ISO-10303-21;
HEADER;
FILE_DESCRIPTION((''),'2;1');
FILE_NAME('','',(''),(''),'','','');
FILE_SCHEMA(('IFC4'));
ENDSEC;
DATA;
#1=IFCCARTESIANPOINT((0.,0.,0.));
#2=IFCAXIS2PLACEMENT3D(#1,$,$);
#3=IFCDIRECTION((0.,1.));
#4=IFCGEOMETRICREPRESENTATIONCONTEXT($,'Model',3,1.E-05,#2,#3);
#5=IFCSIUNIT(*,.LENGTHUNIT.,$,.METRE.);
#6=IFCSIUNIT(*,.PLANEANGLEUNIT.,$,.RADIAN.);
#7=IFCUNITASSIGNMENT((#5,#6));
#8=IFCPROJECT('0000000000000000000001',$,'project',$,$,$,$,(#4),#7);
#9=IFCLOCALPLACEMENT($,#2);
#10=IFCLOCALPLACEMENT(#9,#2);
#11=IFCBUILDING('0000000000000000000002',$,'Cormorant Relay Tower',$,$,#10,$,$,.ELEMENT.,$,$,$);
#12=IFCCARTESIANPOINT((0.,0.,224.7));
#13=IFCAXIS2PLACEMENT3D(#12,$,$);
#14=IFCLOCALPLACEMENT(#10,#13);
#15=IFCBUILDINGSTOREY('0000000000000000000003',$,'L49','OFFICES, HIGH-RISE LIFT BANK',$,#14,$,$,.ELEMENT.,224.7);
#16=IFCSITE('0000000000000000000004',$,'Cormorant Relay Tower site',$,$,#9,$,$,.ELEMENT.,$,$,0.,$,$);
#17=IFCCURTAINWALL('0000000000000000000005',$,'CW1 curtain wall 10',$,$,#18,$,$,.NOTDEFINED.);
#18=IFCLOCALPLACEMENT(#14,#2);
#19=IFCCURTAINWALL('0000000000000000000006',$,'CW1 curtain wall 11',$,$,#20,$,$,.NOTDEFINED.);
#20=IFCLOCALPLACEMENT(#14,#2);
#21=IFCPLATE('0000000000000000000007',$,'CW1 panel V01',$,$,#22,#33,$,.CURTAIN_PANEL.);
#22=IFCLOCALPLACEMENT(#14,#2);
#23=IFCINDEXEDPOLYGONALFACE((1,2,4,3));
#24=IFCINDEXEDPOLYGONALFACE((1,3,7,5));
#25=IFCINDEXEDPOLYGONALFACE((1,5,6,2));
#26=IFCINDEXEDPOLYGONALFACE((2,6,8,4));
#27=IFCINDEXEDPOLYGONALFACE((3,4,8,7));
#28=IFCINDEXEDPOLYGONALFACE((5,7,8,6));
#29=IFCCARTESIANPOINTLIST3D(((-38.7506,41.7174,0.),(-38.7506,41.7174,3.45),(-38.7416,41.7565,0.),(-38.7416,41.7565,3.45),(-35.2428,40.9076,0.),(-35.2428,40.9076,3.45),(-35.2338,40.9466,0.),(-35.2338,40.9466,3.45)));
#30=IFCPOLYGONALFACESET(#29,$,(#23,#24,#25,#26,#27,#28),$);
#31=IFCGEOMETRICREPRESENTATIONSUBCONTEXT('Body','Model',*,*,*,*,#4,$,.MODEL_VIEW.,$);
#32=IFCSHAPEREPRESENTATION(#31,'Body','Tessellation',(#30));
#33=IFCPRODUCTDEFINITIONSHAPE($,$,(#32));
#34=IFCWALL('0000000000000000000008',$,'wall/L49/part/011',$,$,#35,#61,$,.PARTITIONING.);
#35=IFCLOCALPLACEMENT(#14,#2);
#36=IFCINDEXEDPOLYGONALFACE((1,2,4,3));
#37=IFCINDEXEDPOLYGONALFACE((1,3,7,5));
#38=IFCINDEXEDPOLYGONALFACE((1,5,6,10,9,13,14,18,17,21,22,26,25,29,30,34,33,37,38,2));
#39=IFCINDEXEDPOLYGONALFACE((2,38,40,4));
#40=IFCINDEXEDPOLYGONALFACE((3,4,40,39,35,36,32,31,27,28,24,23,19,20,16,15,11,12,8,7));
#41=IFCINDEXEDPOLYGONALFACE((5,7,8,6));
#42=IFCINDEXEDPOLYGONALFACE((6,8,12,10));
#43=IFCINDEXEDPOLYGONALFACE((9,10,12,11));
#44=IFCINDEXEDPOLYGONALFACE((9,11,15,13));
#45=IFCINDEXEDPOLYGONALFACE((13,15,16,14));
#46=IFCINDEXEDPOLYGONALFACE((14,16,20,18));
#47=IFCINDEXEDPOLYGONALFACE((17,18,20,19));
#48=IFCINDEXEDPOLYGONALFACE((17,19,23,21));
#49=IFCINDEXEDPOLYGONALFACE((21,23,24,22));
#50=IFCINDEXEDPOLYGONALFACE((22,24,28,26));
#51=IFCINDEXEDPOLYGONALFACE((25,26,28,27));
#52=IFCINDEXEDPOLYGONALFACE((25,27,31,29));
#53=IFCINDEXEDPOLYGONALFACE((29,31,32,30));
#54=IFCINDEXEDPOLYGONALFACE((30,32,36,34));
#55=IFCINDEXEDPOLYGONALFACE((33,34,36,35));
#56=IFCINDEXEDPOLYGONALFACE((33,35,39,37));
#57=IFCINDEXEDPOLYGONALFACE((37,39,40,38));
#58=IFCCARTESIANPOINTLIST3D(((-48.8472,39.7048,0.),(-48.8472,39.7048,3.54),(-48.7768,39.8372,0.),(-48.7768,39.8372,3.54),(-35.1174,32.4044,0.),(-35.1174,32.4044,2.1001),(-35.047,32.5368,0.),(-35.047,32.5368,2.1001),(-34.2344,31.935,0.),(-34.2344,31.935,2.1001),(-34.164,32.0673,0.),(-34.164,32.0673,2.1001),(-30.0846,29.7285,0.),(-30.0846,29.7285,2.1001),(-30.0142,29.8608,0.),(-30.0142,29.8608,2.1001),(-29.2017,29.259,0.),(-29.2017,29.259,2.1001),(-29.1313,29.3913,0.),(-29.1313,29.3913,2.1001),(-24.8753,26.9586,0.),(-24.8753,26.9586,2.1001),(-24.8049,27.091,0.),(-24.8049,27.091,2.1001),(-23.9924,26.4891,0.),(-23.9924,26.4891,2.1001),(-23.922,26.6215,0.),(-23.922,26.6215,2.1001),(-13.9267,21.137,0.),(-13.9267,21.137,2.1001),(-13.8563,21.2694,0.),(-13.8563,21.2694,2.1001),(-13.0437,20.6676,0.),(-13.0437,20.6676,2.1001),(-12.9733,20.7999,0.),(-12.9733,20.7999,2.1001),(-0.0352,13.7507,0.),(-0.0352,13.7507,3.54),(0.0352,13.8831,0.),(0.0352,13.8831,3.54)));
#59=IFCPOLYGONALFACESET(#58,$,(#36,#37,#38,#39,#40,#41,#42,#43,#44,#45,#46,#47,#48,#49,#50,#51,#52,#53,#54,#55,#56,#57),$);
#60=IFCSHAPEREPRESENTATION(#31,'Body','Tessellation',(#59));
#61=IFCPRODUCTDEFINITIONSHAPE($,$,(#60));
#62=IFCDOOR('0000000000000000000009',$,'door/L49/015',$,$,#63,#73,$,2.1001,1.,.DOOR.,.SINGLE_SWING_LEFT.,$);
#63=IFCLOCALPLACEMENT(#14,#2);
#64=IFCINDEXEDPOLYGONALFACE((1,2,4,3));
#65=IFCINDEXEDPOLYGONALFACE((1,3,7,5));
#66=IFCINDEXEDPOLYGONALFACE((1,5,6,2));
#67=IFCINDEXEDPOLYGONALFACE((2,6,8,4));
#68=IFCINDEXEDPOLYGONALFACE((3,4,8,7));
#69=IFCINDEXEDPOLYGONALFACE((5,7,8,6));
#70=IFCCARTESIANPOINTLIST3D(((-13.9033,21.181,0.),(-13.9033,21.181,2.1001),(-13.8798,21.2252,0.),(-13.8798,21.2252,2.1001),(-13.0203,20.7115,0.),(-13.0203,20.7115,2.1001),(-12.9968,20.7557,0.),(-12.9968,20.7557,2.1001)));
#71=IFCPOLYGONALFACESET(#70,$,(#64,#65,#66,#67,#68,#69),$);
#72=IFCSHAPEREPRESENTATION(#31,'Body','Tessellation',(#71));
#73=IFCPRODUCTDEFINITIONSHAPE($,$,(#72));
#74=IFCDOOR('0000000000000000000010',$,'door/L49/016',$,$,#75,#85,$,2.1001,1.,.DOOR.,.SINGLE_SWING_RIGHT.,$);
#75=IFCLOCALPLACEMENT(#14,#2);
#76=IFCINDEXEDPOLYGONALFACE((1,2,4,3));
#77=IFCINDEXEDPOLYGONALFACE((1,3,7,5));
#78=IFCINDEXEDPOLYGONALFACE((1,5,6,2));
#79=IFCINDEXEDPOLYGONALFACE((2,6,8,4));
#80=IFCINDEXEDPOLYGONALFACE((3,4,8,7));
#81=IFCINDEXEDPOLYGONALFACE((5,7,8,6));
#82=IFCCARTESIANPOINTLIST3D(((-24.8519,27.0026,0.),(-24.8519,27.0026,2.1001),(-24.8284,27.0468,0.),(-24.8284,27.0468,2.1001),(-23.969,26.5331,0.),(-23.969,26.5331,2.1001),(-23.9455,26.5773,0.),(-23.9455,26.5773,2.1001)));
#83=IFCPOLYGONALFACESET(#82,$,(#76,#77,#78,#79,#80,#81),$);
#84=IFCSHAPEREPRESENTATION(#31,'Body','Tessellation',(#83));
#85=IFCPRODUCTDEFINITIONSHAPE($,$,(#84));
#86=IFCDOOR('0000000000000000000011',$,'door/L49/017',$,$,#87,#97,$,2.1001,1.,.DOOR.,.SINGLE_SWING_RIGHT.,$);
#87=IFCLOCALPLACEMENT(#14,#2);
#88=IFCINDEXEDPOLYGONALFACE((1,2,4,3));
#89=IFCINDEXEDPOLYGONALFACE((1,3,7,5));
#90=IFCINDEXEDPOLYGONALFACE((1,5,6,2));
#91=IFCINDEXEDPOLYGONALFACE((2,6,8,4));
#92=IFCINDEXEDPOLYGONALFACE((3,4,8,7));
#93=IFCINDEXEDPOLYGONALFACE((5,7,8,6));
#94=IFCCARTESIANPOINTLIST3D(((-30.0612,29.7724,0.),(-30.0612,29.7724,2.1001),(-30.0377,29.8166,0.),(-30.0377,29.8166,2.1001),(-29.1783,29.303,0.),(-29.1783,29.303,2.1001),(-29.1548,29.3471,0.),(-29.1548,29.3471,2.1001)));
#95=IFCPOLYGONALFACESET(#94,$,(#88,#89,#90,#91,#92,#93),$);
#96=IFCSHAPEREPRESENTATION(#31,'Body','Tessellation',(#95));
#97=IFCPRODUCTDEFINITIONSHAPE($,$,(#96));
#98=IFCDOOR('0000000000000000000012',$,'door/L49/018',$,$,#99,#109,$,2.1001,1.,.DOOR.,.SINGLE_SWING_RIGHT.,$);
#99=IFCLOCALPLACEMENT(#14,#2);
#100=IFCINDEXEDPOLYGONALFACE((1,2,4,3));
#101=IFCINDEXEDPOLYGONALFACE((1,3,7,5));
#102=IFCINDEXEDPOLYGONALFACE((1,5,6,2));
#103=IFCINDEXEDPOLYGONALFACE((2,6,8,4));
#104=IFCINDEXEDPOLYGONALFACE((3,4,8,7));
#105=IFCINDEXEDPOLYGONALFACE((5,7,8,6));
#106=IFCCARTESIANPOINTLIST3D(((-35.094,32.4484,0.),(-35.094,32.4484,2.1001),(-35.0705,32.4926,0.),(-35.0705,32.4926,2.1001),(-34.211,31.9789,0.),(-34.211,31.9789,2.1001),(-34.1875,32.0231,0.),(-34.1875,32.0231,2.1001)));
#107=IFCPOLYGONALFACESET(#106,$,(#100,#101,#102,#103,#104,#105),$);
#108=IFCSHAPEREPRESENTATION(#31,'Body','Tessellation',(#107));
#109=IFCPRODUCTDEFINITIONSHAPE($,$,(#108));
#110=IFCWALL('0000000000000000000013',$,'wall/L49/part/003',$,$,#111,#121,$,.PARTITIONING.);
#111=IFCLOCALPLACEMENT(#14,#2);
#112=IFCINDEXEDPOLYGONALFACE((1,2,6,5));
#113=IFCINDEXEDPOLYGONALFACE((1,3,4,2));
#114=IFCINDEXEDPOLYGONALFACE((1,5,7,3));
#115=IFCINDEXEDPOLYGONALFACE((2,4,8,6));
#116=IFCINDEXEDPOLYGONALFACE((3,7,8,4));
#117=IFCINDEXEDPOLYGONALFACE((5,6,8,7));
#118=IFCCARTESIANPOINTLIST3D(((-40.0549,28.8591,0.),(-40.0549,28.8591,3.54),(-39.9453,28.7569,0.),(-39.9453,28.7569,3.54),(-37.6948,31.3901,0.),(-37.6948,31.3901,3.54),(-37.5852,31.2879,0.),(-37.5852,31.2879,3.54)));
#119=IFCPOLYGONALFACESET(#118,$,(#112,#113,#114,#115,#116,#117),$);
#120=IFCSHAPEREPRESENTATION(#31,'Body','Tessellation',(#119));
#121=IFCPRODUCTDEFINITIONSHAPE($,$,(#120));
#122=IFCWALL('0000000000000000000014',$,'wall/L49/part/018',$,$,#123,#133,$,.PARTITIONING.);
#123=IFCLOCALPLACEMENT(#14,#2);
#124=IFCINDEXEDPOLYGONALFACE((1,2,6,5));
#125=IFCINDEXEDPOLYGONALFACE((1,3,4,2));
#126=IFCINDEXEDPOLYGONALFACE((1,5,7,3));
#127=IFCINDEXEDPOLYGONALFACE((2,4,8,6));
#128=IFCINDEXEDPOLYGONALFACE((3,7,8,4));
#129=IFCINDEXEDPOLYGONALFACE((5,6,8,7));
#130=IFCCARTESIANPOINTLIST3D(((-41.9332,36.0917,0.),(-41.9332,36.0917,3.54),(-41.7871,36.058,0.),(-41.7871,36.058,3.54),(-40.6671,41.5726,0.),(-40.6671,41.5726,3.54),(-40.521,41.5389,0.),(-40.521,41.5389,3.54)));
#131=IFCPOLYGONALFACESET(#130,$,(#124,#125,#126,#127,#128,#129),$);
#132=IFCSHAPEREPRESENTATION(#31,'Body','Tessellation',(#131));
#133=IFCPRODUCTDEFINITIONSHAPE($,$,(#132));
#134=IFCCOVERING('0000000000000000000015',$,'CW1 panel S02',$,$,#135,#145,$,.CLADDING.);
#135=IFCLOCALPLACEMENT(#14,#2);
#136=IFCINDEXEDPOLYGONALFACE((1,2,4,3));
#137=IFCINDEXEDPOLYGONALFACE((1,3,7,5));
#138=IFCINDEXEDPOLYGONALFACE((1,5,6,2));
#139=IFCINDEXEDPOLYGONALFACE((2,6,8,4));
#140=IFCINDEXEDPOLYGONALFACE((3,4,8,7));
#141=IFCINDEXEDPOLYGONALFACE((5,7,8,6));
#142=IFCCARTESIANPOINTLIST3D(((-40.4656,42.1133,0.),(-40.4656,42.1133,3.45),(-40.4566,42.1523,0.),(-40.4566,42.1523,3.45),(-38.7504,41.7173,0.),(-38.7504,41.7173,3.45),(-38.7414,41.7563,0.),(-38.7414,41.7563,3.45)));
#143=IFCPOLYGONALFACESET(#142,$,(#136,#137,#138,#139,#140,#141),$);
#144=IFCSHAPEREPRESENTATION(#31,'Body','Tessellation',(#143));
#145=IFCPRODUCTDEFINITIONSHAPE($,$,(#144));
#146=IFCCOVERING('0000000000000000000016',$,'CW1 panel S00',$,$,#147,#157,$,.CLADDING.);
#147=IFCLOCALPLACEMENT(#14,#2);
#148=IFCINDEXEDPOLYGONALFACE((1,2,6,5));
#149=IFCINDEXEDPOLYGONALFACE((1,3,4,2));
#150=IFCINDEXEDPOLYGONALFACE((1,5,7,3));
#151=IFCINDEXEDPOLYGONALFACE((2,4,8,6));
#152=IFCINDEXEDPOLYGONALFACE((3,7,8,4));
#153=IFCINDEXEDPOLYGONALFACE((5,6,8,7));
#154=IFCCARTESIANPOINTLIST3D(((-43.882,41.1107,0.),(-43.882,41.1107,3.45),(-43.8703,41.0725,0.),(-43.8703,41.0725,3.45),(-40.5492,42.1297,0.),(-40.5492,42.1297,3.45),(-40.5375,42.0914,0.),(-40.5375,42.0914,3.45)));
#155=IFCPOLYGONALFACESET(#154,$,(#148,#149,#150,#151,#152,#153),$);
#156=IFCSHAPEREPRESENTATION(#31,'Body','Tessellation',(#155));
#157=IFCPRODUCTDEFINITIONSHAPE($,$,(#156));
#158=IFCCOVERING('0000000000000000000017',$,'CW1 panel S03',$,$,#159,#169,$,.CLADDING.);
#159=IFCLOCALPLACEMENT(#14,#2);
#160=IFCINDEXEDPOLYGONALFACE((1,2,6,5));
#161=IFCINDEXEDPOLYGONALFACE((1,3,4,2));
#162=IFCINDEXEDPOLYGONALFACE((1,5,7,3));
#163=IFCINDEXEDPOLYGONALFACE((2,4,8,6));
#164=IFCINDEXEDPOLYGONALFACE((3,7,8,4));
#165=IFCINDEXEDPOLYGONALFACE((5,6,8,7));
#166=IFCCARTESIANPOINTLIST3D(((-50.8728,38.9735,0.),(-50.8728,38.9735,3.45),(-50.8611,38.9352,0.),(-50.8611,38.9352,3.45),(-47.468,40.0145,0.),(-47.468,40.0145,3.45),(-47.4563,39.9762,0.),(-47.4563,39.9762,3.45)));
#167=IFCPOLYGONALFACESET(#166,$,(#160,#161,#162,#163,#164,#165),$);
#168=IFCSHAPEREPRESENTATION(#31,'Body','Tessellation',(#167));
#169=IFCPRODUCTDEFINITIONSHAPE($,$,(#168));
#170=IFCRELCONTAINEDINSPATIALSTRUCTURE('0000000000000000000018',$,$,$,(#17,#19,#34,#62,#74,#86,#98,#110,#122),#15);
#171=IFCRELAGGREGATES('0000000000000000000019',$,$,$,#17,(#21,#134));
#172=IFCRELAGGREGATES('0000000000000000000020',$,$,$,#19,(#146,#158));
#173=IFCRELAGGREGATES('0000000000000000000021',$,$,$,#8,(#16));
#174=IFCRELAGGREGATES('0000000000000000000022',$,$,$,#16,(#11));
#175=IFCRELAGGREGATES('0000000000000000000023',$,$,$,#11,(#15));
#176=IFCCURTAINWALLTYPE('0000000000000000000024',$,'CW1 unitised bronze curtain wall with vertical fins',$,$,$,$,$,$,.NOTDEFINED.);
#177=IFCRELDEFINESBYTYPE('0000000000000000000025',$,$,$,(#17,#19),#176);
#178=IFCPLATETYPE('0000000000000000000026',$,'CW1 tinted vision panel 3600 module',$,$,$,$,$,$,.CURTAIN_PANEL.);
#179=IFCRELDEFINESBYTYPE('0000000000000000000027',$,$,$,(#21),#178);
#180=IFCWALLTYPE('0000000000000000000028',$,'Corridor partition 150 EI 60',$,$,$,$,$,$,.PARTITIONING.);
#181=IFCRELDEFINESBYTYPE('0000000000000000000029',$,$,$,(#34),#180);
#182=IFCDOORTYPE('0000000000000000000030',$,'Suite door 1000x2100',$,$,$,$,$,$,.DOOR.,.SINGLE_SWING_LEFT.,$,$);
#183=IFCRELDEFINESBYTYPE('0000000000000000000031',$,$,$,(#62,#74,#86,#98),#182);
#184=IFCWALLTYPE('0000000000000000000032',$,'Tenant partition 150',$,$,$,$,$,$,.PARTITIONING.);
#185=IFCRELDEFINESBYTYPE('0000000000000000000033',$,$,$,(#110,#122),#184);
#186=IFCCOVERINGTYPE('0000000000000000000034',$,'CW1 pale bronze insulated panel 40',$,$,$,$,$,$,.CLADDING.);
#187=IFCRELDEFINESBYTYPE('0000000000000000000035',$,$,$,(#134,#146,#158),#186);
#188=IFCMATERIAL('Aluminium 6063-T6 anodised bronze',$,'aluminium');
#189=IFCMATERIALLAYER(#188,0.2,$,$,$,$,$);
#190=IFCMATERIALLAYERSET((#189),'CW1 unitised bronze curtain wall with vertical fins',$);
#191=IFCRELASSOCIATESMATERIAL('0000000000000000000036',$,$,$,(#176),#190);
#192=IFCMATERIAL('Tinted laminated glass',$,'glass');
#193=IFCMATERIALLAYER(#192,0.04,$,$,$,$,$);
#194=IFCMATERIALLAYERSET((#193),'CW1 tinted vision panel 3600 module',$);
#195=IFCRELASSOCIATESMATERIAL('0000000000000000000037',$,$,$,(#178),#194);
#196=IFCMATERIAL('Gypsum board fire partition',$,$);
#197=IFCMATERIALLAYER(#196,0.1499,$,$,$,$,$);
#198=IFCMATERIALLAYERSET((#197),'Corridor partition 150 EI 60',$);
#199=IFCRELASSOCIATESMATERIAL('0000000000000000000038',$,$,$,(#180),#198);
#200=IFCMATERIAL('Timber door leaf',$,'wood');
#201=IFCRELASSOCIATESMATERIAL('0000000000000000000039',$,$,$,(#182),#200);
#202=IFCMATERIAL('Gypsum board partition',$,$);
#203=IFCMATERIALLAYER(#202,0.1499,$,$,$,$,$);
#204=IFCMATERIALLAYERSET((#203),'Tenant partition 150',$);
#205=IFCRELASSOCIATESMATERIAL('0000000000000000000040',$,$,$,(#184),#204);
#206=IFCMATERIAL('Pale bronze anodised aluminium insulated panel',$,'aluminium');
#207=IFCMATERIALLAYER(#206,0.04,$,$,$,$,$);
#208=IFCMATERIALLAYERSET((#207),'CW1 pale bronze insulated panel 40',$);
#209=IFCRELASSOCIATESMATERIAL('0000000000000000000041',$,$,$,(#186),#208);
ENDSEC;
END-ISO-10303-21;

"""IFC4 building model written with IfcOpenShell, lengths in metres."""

from ifc_helpers import new_model, si_unit, direction, frame, frame_2d, origin, origin_2d, place, context, subcontext, project, spatial, rectangle, extrude, material, layer, layer_set, type_object, element, fill, aggregate, save


model = new_model("IFC4")

# Units and contexts
model_context = context("Model", 3, precision=1e-05, world=origin(), true_north=direction((0.0, 1.0)))
body_context = subcontext(model_context, "Body", "Model", "MODEL_VIEW")
ifc_project = project(units=[si_unit("LENGTHUNIT", "METRE"), si_unit("PLANEANGLEUNIT", "RADIAN")], contexts=[model_context])

# Site, building, storey
site_placement = place(None, origin())
site = spatial("IfcSite", under=ifc_project, at=site_placement, Name="Cormorant Relay Tower site", CompositionType="ELEMENT", RefElevation=0.0)
building_placement = place(site_placement, origin())
building = spatial("IfcBuilding", under=site, at=building_placement, Name="Cormorant Relay Tower", CompositionType="ELEMENT")
storey_placement = place(building_placement, frame((0.0, 0.0, 224.7)))
storey = spatial("IfcBuildingStorey", under=building, at=storey_placement, Name="L49", Description="OFFICES, HIGH-RISE LIFT BANK", CompositionType="ELEMENT", Elevation=224.7)

# Curtain wall
ifc_material_1 = material(Name="Aluminium 6063-T6 anodised bronze", Category="aluminium")
ifc_layer_1 = layer(ifc_material_1, 0.2)
ifc_layer_set_1 = layer_set([ifc_layer_1], Name="CW1 unitised bronze curtain wall with vertical fins")
curtain_wall_type = type_object("IfcCurtainWallType", Name="CW1 unitised bronze curtain wall with vertical fins", PredefinedType="NOTDEFINED", material=ifc_layer_set_1)
curtain_wall_1_placement = place(storey_placement, origin())
curtain_wall_1 = element("IfcCurtainWall", 1, at=curtain_wall_1_placement, inside=storey, type_object=curtain_wall_type, Name="CW1 curtain wall 10", PredefinedType="NOTDEFINED")

# Curtain wall
curtain_wall_2_placement = place(storey_placement, origin())
curtain_wall_2 = element("IfcCurtainWall", 2, at=curtain_wall_2_placement, inside=storey, type_object=curtain_wall_type, Name="CW1 curtain wall 11", PredefinedType="NOTDEFINED")

# Plate
ifc_material_2 = material(Name="Tinted laminated glass", Category="glass")
ifc_layer_2 = layer(ifc_material_2, 0.04)
ifc_layer_set_2 = layer_set([ifc_layer_2], Name="CW1 tinted vision panel 3600 module")
plate_type_1 = type_object("IfcPlateType", Name="CW1 tinted vision panel 3600 module", PredefinedType="CURTAIN_PANEL", material=ifc_layer_set_2)
plate_1_placement = place(storey_placement, frame((-36.9922, 41.332, 0.0), z_axis=(0.0, 0.0, 1.0), x_axis=(-0.97437, 0.224951, 0.0)))
plate_1 = element("IfcPlate", 3, at=plate_1_placement, type_object=plate_type_1, Name="CW1 panel V01", PredefinedType="CURTAIN_PANEL", context=body_context, shape_type="SweptSolid", body=[
    extrude(rectangle(XDim=3.6001, YDim=0.04, at=origin_2d()), origin(), (0.0, 0.0, 1.0), 3.45),
])

# Wall, openings, doors
ifc_material_3 = material(Name="Gypsum board fire partition")
ifc_layer_3 = layer(ifc_material_3, 0.1499)
ifc_layer_set_3 = layer_set([ifc_layer_3], Name="Corridor partition 150 EI 60")
wall_type_1 = type_object("IfcWallType", Name="Corridor partition 150 EI 60", PredefinedType="PARTITIONING", material=ifc_layer_set_3)
wall_1_placement = place(storey_placement, frame((-48.812, 39.771, 0.0), z_axis=(0.0, 0.0, 1.0), x_axis=(0.882945, -0.469476, 0.0)))
wall_1 = element("IfcWall", 4, at=wall_1_placement, inside=storey, type_object=wall_type_1, Name="wall/L49/part/011", PredefinedType="PARTITIONING", context=body_context, shape_type="SweptSolid", body=[
    extrude(rectangle(XDim=55.2832, YDim=0.1499, at=frame_2d((27.6416, 0.0))), origin(), (0.0, 0.0, 1.0), 3.54),
])
opening_1_placement = place(wall_1_placement, frame((39.55, 0.0, 0.0)))
opening_1 = element("IfcOpeningElement", 5, at=opening_1_placement, cuts=wall_1, PredefinedType="OPENING", context=body_context, shape_type="SweptSolid", body=[
    extrude(rectangle(XDim=1.0, YDim=2.1001, at=frame_2d((0.5, 1.05))), frame((0.0, 0.085, 0.0), z_axis=(0.0, -1.0, 0.0), x_axis=(1.0, 0.0, 0.0)), (0.0, 0.0, 1.0), 0.1699),
])
opening_2_placement = place(wall_1_placement, frame((27.1499, 0.0, 0.0)))
opening_2 = element("IfcOpeningElement", 6, at=opening_2_placement, cuts=wall_1, PredefinedType="OPENING", context=body_context, shape_type="SweptSolid", body=[
    extrude(rectangle(XDim=1.0, YDim=2.1001, at=frame_2d((0.5, 1.05))), frame((0.0, 0.085, 0.0), z_axis=(0.0, -1.0, 0.0), x_axis=(1.0, 0.0, 0.0)), (0.0, 0.0, 1.0), 0.1699),
])
opening_3_placement = place(wall_1_placement, frame((21.25, 0.0, 0.0)))
opening_3 = element("IfcOpeningElement", 7, at=opening_3_placement, cuts=wall_1, PredefinedType="OPENING", context=body_context, shape_type="SweptSolid", body=[
    extrude(rectangle(XDim=1.0, YDim=2.1001, at=frame_2d((0.5, 1.05))), frame((0.0, 0.085, 0.0), z_axis=(0.0, -1.0, 0.0), x_axis=(1.0, 0.0, 0.0)), (0.0, 0.0, 1.0), 0.1699),
])
opening_4_placement = place(wall_1_placement, frame((15.55, 0.0, 0.0)))
opening_4 = element("IfcOpeningElement", 8, at=opening_4_placement, cuts=wall_1, PredefinedType="OPENING", context=body_context, shape_type="SweptSolid", body=[
    extrude(rectangle(XDim=1.0, YDim=2.1001, at=frame_2d((0.5, 1.05))), frame((0.0, 0.085, 0.0), z_axis=(0.0, -1.0, 0.0), x_axis=(1.0, 0.0, 0.0)), (0.0, 0.0, 1.0), 0.1699),
])
ifc_material_4 = material(Name="Timber door leaf", Category="wood")
door_type = type_object("IfcDoorType", Name="Suite door 1000x2100", OperationType="SINGLE_SWING_LEFT", PredefinedType="DOOR", material=ifc_material_4)
door_1_placement = place(opening_1_placement, origin())
door_1 = element("IfcDoor", 9, at=door_1_placement, inside=storey, type_object=door_type, Name="door/L49/015", OperationType="SINGLE_SWING_LEFT", OverallHeight=2.1001, OverallWidth=1.0, PredefinedType="DOOR", context=body_context, shape_type="SweptSolid", body=[
    extrude(rectangle(XDim=1.0, YDim=2.1001, at=frame_2d((0.5, 1.05))), frame((0.0, 0.0249, 0.0), z_axis=(0.0, -1.0, 0.0), x_axis=(1.0, 0.0, 0.0)), (0.0, 0.0, 1.0), 0.05),
])
fill(opening_1, door_1)
door_2_placement = place(opening_2_placement, origin())
door_2 = element("IfcDoor", 10, at=door_2_placement, inside=storey, type_object=door_type, Name="door/L49/016", OperationType="SINGLE_SWING_RIGHT", OverallHeight=2.1001, OverallWidth=1.0, PredefinedType="DOOR", context=body_context, shape_type="SweptSolid", body=[
    extrude(rectangle(XDim=1.0, YDim=2.1001, at=frame_2d((0.5, 1.05))), frame((0.0, 0.0249, 0.0), z_axis=(0.0, -1.0, 0.0), x_axis=(1.0, 0.0, 0.0)), (0.0, 0.0, 1.0), 0.05),
])
fill(opening_2, door_2)
door_3_placement = place(opening_3_placement, origin())
door_3 = element("IfcDoor", 11, at=door_3_placement, inside=storey, type_object=door_type, Name="door/L49/017", OperationType="SINGLE_SWING_RIGHT", OverallHeight=2.1001, OverallWidth=1.0, PredefinedType="DOOR", context=body_context, shape_type="SweptSolid", body=[
    extrude(rectangle(XDim=1.0, YDim=2.1001, at=frame_2d((0.5, 1.05))), frame((0.0, 0.0249, 0.0), z_axis=(0.0, -1.0, 0.0), x_axis=(1.0, 0.0, 0.0)), (0.0, 0.0, 1.0), 0.05),
])
fill(opening_3, door_3)
door_4_placement = place(opening_4_placement, origin())
door_4 = element("IfcDoor", 12, at=door_4_placement, inside=storey, type_object=door_type, Name="door/L49/018", OperationType="SINGLE_SWING_RIGHT", OverallHeight=2.1001, OverallWidth=1.0, PredefinedType="DOOR", context=body_context, shape_type="SweptSolid", body=[
    extrude(rectangle(XDim=1.0, YDim=2.1001, at=frame_2d((0.5, 1.05))), frame((0.0, 0.0249, 0.0), z_axis=(0.0, -1.0, 0.0), x_axis=(1.0, 0.0, 0.0)), (0.0, 0.0, 1.0), 0.05),
])
fill(opening_4, door_4)

# Walls
ifc_material_5 = material(Name="Gypsum board partition")
ifc_layer_4 = layer(ifc_material_5, 0.1499)
ifc_layer_set_4 = layer_set([ifc_layer_4], Name="Tenant partition 150")
wall_type_2 = type_object("IfcWallType", Name="Tenant partition 150", PredefinedType="PARTITIONING", material=ifc_layer_set_4)
wall_2_placement = place(storey_placement, frame((-37.6399, 31.3391, 0.0), z_axis=(0.0, 0.0, 1.0), x_axis=(-0.681984, -0.731367, 0.0)))
element("IfcWall", 13, at=wall_2_placement, inside=storey, type_object=wall_type_2, Name="wall/L49/part/003", PredefinedType="PARTITIONING", context=body_context, shape_type="SweptSolid", body=[
    extrude(rectangle(XDim=3.4607, YDim=0.1499, at=frame_2d((1.7305, 0.0))), origin(), (0.0, 0.0, 1.0), 3.54),
])
wall_3_placement = place(storey_placement, frame((-41.8601, 36.075, 0.0), z_axis=(0.0, 0.0, 1.0), x_axis=(0.225075, 0.974341, 0.0)))
element("IfcWall", 14, at=wall_3_placement, inside=storey, type_object=wall_type_2, Name="wall/L49/part/018", PredefinedType="PARTITIONING", context=body_context, shape_type="SweptSolid", body=[
    extrude(rectangle(XDim=5.6252, YDim=0.1499, at=frame_2d((2.8125, 0.0))), origin(), (0.0, 0.0, 1.0), 3.54),
])

# Coverings
ifc_material_6 = material(Name="Pale bronze anodised aluminium insulated panel", Category="aluminium")
ifc_layer_5 = layer(ifc_material_6, 0.04)
ifc_layer_set_5 = layer_set([ifc_layer_5], Name="CW1 pale bronze insulated panel 40")
covering_type = type_object("IfcCoveringType", Name="CW1 pale bronze insulated panel 40", PredefinedType="CLADDING", material=ifc_layer_set_5)
covering_1_placement = place(storey_placement, frame((-39.6035, 41.9348, 0.0), z_axis=(0.0, 0.0, 1.0), x_axis=(-0.97437, 0.224951, 0.0)))
covering_1 = element("IfcCovering", 15, at=covering_1_placement, type_object=covering_type, Name="CW1 panel S02", PredefinedType="CLADDING", context=body_context, shape_type="SweptSolid", body=[
    extrude(rectangle(XDim=1.7603, YDim=0.04, at=origin_2d()), origin(), (0.0, 0.0, 1.0), 3.45),
])
aggregate(curtain_wall_1, [plate_1, covering_1])
covering_2_placement = place(storey_placement, frame((-42.2097, 41.6011, 0.0), z_axis=(0.0, 0.0, 1.0), x_axis=(-0.956305, -0.292372, 0.0)))
covering_2 = element("IfcCovering", 16, at=covering_2_placement, type_object=covering_type, Name="CW1 panel S00", PredefinedType="CLADDING", context=body_context, shape_type="SweptSolid", body=[
    extrude(rectangle(XDim=3.4851, YDim=0.04, at=origin_2d()), origin(), (0.0, 0.0, 1.0), 3.45),
])
covering_3_placement = place(storey_placement, frame((-49.1646, 39.4749, 0.0), z_axis=(0.0, 0.0, 1.0), x_axis=(-0.956305, -0.292372, 0.0)))
covering_3 = element("IfcCovering", 17, at=covering_3_placement, type_object=covering_type, Name="CW1 panel S03", PredefinedType="CLADDING", context=body_context, shape_type="SweptSolid", body=[
    extrude(rectangle(XDim=3.5603, YDim=0.04, at=origin_2d()), origin(), (0.0, 0.0, 1.0), 3.45),
])
aggregate(curtain_wall_2, [covering_2, covering_3])

save(model, "model.ifc")
